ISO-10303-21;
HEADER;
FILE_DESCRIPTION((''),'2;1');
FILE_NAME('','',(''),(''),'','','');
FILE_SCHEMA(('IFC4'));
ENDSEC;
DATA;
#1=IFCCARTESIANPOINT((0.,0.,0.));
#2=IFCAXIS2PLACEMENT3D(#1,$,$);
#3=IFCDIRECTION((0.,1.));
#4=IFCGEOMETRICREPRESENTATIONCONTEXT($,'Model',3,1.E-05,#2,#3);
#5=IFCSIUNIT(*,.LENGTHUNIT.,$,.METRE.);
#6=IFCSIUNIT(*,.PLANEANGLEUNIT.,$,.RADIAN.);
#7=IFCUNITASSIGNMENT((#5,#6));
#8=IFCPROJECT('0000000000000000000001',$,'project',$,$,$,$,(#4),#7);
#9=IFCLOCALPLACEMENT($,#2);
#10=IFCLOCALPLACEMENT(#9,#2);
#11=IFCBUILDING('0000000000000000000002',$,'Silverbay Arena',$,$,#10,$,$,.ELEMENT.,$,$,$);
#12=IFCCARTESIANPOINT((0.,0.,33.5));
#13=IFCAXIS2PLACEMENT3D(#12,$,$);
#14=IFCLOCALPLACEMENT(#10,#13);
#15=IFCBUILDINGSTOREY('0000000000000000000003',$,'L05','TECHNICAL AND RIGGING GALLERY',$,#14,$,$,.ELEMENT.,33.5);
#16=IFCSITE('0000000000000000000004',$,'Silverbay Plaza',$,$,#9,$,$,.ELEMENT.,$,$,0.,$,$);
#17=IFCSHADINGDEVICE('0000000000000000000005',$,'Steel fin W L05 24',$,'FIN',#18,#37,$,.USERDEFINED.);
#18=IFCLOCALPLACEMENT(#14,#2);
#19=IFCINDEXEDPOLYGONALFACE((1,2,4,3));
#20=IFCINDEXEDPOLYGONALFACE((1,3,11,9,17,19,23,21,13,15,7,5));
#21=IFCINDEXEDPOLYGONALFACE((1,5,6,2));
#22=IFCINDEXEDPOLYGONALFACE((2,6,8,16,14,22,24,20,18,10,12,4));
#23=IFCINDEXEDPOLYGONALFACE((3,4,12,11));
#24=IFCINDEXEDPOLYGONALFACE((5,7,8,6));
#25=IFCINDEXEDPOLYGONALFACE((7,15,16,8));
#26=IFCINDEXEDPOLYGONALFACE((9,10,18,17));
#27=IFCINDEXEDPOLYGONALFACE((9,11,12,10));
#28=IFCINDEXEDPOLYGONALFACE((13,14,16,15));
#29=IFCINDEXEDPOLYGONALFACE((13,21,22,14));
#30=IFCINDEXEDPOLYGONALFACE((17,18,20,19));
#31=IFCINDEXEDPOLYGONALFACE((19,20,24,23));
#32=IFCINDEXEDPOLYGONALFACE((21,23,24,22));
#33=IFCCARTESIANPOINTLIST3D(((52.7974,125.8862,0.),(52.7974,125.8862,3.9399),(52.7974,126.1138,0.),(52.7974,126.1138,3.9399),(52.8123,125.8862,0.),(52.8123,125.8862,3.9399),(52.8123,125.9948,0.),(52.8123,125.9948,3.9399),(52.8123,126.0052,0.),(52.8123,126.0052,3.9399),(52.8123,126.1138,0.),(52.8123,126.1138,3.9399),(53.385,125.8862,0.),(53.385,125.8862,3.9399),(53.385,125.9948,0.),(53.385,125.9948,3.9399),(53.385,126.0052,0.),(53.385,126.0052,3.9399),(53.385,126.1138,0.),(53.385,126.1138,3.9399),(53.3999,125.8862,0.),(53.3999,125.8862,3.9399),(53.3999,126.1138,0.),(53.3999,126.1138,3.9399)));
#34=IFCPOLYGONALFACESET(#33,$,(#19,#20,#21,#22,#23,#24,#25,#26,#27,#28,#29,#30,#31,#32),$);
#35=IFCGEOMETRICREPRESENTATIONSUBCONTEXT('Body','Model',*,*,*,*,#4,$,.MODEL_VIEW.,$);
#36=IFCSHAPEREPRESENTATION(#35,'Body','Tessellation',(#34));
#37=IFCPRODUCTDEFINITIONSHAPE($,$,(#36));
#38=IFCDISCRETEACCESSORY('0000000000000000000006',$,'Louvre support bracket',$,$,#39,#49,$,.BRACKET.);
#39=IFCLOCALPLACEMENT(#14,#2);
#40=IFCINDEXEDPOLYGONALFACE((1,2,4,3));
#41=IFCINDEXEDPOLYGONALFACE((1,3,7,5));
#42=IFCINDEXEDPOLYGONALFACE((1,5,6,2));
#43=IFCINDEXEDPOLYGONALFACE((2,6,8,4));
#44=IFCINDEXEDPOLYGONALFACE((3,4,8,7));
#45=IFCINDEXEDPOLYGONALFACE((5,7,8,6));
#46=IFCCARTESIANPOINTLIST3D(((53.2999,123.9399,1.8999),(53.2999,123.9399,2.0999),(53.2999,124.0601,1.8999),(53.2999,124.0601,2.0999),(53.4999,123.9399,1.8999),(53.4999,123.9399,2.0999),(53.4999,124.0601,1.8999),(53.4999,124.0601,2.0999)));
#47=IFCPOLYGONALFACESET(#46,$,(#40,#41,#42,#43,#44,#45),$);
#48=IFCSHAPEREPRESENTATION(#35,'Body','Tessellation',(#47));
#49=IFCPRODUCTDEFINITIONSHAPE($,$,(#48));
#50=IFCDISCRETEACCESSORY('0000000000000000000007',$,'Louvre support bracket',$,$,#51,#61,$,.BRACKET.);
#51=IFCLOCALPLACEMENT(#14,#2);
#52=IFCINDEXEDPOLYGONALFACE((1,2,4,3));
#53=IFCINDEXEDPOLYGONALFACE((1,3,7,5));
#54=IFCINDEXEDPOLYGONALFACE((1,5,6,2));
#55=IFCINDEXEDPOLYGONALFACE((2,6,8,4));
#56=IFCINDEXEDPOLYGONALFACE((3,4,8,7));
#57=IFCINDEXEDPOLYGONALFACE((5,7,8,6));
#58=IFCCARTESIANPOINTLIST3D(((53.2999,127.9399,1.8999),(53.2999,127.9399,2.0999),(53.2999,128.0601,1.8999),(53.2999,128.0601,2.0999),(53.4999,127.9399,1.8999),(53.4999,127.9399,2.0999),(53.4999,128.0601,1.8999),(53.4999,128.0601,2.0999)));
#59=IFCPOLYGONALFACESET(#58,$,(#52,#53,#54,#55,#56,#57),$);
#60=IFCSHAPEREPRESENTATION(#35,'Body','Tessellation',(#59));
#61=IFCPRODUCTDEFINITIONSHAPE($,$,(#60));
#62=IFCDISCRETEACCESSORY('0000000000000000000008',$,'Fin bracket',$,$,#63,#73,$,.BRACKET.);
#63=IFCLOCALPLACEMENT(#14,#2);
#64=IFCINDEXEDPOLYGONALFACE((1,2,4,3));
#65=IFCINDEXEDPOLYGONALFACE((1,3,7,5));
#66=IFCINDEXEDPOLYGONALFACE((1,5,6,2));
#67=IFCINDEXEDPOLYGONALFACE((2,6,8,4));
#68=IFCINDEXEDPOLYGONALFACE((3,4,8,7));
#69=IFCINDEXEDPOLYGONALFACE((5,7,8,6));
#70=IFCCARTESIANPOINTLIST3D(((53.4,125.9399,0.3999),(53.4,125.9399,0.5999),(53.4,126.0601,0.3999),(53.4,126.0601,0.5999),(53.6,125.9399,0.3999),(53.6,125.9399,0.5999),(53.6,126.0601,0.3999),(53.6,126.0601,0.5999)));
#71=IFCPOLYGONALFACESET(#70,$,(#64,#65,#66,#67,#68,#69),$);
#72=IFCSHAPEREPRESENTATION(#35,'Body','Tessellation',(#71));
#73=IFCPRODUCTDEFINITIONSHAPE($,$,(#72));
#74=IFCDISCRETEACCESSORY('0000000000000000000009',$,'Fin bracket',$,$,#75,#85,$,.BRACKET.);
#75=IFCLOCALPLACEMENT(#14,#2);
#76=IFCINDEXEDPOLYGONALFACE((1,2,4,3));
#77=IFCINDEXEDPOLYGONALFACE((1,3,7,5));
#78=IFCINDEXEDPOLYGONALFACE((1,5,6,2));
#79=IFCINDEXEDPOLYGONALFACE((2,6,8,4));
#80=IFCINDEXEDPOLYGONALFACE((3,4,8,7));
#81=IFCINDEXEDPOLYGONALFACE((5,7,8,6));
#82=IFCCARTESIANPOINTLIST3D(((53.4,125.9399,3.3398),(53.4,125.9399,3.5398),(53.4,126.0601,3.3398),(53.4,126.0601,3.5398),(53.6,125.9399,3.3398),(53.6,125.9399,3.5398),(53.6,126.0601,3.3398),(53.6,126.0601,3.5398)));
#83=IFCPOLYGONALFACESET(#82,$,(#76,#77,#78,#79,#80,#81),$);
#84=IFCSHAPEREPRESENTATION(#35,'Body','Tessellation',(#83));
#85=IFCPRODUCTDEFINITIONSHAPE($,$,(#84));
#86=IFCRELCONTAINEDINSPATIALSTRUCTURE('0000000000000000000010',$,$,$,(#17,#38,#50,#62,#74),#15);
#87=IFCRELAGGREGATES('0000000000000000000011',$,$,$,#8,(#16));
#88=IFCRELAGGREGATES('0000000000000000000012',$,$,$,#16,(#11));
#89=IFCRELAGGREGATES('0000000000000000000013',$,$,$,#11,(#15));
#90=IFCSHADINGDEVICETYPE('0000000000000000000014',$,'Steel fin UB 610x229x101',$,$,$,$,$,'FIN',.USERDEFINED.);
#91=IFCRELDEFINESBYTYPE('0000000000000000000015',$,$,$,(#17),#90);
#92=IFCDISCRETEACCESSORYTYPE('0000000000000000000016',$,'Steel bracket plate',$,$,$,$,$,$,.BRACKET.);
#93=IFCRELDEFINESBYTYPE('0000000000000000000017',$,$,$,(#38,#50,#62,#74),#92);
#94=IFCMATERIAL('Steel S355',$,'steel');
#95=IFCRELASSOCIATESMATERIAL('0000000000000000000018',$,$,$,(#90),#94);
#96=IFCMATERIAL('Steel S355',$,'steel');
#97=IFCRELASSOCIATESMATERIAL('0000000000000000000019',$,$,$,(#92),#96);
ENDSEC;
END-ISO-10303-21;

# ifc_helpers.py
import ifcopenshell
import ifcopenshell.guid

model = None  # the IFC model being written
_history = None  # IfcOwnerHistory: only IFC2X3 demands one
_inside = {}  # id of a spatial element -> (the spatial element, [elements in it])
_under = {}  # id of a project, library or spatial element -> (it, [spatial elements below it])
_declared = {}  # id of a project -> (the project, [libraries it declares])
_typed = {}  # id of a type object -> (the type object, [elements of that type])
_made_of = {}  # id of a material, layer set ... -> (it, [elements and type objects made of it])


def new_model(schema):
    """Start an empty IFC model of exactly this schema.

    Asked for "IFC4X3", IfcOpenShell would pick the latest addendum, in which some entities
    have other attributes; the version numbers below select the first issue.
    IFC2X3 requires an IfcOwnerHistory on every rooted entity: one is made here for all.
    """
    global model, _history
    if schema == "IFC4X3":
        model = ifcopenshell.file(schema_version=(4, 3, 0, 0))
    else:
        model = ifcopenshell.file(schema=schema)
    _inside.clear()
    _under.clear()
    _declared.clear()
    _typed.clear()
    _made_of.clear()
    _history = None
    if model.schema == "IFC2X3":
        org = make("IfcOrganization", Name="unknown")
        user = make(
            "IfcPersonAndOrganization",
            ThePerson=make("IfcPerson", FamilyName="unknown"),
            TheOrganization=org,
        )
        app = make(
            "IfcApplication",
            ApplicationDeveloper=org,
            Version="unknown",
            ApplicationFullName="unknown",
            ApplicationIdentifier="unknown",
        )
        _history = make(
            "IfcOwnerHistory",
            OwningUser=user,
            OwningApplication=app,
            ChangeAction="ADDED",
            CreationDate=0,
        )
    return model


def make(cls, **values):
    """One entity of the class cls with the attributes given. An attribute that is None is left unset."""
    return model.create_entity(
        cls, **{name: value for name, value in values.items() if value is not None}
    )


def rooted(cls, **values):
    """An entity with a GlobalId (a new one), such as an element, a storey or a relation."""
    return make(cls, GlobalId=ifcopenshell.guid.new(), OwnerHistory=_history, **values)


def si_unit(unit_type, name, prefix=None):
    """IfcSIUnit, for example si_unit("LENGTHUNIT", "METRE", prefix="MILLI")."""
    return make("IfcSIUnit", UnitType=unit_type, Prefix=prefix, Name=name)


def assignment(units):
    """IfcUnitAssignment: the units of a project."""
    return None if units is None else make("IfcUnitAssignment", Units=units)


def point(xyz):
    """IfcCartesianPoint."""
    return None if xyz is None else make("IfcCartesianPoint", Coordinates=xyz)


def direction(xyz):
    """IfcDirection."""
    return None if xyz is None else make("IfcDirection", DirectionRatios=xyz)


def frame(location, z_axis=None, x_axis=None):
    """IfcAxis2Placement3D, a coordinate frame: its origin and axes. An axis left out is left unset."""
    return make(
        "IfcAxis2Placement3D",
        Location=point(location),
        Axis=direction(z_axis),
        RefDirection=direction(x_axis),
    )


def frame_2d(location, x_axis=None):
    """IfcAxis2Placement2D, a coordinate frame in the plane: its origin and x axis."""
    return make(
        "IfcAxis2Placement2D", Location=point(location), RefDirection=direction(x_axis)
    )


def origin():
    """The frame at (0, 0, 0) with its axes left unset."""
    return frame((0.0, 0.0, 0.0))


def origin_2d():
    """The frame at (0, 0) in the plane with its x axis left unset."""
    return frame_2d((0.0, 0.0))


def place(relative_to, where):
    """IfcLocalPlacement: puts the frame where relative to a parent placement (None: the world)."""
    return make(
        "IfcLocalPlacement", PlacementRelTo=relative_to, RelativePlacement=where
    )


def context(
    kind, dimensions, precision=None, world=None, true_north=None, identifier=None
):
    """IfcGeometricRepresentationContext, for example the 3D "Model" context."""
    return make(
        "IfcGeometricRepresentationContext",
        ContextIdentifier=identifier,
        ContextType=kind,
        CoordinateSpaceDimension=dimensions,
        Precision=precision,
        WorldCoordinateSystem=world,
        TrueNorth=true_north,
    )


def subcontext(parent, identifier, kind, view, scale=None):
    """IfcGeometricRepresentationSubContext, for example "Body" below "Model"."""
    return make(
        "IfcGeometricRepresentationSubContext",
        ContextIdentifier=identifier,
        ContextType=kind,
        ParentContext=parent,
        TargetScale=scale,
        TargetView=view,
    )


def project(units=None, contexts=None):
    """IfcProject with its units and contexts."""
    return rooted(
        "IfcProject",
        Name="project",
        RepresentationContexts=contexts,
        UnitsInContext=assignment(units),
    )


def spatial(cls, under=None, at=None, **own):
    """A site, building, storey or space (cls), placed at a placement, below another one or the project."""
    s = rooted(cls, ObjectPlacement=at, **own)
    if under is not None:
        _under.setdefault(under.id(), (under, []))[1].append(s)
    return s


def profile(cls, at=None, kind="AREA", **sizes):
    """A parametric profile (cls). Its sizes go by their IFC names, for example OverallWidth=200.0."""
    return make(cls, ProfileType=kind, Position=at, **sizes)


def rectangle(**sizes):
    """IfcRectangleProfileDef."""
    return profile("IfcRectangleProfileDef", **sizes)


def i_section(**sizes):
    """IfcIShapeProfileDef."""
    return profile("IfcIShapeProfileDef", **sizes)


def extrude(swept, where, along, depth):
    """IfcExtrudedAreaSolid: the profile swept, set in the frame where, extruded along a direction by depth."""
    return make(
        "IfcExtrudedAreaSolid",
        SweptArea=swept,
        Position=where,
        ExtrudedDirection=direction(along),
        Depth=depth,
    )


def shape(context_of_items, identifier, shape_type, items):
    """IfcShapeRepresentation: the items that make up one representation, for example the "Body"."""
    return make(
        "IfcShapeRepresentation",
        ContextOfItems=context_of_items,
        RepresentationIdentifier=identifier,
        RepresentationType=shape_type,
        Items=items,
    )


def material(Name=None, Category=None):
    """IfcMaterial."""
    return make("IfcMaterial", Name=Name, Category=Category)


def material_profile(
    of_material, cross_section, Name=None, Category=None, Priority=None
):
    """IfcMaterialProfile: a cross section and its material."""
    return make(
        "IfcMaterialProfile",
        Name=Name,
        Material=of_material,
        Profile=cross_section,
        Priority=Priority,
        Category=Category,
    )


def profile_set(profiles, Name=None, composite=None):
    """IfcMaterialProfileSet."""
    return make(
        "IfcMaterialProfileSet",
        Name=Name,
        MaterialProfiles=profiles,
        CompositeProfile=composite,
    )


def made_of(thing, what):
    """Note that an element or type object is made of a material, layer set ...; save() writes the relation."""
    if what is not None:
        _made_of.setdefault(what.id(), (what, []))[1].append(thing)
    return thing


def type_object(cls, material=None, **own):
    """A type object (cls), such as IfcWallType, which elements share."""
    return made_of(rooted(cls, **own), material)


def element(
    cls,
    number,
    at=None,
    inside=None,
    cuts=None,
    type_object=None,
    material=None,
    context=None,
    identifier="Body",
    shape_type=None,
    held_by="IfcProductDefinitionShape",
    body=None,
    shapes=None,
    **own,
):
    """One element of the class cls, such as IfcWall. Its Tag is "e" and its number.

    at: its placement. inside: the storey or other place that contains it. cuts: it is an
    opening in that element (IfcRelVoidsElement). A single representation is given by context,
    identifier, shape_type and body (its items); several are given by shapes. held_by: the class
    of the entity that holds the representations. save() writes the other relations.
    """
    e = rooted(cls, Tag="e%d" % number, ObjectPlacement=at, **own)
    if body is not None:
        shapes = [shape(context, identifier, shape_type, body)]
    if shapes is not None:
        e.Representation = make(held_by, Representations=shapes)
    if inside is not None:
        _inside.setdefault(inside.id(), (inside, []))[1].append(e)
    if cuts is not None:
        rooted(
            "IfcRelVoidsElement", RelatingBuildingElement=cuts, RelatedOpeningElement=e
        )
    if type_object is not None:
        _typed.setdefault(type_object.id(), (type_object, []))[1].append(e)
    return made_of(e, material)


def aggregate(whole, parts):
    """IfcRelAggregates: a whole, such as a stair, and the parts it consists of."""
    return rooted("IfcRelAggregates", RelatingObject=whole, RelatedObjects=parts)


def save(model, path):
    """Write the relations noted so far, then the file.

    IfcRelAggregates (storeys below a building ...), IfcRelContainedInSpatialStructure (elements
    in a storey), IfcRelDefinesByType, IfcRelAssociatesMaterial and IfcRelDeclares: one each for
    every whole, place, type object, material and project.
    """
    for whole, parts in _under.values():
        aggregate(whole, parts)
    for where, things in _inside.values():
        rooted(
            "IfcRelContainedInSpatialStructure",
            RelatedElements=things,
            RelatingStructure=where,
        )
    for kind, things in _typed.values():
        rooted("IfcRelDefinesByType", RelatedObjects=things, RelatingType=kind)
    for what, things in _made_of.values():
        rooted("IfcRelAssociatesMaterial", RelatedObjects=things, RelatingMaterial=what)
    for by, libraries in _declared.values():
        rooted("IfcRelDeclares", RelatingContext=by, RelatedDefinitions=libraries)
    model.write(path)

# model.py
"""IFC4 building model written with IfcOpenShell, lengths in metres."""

from ifc_helpers import new_model, si_unit, direction, frame, origin, origin_2d, place, context, subcontext, project, spatial, rectangle, i_section, extrude, material, material_profile, profile_set, type_object, element, save


model = new_model("IFC4")

# Units and contexts
model_context = context("Model", 3, precision=1e-05, world=origin(), true_north=direction((0.0, 1.0)))
body_context = subcontext(model_context, "Body", "Model", "MODEL_VIEW")
ifc_project = project(units=[si_unit("LENGTHUNIT", "METRE"), si_unit("PLANEANGLEUNIT", "RADIAN")], contexts=[model_context])

# Site, building, storey
site_placement = place(None, origin())
site = spatial("IfcSite", under=ifc_project, at=site_placement, Name="Silverbay Plaza", CompositionType="ELEMENT", RefElevation=0.0)
building_placement = place(site_placement, origin())
building = spatial("IfcBuilding", under=site, at=building_placement, Name="Silverbay Arena", CompositionType="ELEMENT")
storey_placement = place(building_placement, frame((0.0, 0.0, 33.5)))
storey = spatial("IfcBuildingStorey", under=building, at=storey_placement, Name="L05", Description="TECHNICAL AND RIGGING GALLERY", CompositionType="ELEMENT", Elevation=33.5)

# Shading device
ifc_material_1 = material(Name="Steel S355", Category="steel")
ifc_material_profile_1 = material_profile(ifc_material_1, i_section(OverallWidth=0.2275, OverallDepth=0.6025, WebThickness=0.0105, FlangeThickness=0.0149, at=origin_2d()), Name="UB 610x229x101")
ifc_profile_set_1 = profile_set([ifc_material_profile_1], Name="Steel S355")
shading_device_type = type_object("IfcShadingDeviceType", Name="Steel fin UB 610x229x101", ElementType="FIN", PredefinedType="USERDEFINED", material=ifc_profile_set_1)
shading_device_placement = place(storey_placement, frame((53.0986, 126.0, 0.0), z_axis=(0.0, 0.0, 1.0), x_axis=(0.0, 1.0, 0.0)))
element("IfcShadingDevice", 1, at=shading_device_placement, inside=storey, type_object=shading_device_type, Name="Steel fin W L05 24", ObjectType="FIN", PredefinedType="USERDEFINED", context=body_context, shape_type="SweptSolid", body=[
    extrude(i_section(OverallWidth=0.2275, OverallDepth=0.6025, WebThickness=0.0105, FlangeThickness=0.0149, at=origin_2d()), origin(), (0.0, 0.0, 1.0), 3.9399),
])

# Discrete accessories
ifc_material_2 = material(Name="Steel S355", Category="steel")
discrete_accessory_type = type_object("IfcDiscreteAccessoryType", Name="Steel bracket plate", PredefinedType="BRACKET", material=ifc_material_2)
for number, where, z_axis, x_axis, name in (
    (2, (53.3999, 124.0, 1.8999), (0.0, 0.0, 1.0), (0.0, 1.0, 0.0), "Louvre support bracket"),
    (3, (53.3999, 128.0, 1.8999), (0.0, 0.0, 1.0), (0.0, 1.0, 0.0), "Louvre support bracket"),
):
    element("IfcDiscreteAccessory", number, at=place(storey_placement, frame(where, z_axis=z_axis, x_axis=x_axis)), inside=storey, type_object=discrete_accessory_type, Name=name, PredefinedType="BRACKET", context=body_context, shape_type="SweptSolid", body=[
        extrude(rectangle(XDim=0.1201, YDim=0.2, at=origin_2d()), origin(), (0.0, 0.0, 1.0), 0.2),
    ])
for number, where, z_axis, x_axis, name in (
    (4, (53.5, 126.0, 0.3999), (0.0, 0.0, 1.0), (1.0, 0.0, 0.0), "Fin bracket"),
    (5, (53.5, 126.0, 3.3398), (0.0, 0.0, 1.0), (1.0, 0.0, 0.0), "Fin bracket"),
):
    element("IfcDiscreteAccessory", number, at=place(storey_placement, frame(where, z_axis=z_axis, x_axis=x_axis)), inside=storey, type_object=discrete_accessory_type, Name=name, PredefinedType="BRACKET", context=body_context, shape_type="SweptSolid", body=[
        extrude(rectangle(XDim=0.2, YDim=0.1201, at=origin_2d()), origin(), (0.0, 0.0, 1.0), 0.2),
    ])

save(model, "model.ifc")
